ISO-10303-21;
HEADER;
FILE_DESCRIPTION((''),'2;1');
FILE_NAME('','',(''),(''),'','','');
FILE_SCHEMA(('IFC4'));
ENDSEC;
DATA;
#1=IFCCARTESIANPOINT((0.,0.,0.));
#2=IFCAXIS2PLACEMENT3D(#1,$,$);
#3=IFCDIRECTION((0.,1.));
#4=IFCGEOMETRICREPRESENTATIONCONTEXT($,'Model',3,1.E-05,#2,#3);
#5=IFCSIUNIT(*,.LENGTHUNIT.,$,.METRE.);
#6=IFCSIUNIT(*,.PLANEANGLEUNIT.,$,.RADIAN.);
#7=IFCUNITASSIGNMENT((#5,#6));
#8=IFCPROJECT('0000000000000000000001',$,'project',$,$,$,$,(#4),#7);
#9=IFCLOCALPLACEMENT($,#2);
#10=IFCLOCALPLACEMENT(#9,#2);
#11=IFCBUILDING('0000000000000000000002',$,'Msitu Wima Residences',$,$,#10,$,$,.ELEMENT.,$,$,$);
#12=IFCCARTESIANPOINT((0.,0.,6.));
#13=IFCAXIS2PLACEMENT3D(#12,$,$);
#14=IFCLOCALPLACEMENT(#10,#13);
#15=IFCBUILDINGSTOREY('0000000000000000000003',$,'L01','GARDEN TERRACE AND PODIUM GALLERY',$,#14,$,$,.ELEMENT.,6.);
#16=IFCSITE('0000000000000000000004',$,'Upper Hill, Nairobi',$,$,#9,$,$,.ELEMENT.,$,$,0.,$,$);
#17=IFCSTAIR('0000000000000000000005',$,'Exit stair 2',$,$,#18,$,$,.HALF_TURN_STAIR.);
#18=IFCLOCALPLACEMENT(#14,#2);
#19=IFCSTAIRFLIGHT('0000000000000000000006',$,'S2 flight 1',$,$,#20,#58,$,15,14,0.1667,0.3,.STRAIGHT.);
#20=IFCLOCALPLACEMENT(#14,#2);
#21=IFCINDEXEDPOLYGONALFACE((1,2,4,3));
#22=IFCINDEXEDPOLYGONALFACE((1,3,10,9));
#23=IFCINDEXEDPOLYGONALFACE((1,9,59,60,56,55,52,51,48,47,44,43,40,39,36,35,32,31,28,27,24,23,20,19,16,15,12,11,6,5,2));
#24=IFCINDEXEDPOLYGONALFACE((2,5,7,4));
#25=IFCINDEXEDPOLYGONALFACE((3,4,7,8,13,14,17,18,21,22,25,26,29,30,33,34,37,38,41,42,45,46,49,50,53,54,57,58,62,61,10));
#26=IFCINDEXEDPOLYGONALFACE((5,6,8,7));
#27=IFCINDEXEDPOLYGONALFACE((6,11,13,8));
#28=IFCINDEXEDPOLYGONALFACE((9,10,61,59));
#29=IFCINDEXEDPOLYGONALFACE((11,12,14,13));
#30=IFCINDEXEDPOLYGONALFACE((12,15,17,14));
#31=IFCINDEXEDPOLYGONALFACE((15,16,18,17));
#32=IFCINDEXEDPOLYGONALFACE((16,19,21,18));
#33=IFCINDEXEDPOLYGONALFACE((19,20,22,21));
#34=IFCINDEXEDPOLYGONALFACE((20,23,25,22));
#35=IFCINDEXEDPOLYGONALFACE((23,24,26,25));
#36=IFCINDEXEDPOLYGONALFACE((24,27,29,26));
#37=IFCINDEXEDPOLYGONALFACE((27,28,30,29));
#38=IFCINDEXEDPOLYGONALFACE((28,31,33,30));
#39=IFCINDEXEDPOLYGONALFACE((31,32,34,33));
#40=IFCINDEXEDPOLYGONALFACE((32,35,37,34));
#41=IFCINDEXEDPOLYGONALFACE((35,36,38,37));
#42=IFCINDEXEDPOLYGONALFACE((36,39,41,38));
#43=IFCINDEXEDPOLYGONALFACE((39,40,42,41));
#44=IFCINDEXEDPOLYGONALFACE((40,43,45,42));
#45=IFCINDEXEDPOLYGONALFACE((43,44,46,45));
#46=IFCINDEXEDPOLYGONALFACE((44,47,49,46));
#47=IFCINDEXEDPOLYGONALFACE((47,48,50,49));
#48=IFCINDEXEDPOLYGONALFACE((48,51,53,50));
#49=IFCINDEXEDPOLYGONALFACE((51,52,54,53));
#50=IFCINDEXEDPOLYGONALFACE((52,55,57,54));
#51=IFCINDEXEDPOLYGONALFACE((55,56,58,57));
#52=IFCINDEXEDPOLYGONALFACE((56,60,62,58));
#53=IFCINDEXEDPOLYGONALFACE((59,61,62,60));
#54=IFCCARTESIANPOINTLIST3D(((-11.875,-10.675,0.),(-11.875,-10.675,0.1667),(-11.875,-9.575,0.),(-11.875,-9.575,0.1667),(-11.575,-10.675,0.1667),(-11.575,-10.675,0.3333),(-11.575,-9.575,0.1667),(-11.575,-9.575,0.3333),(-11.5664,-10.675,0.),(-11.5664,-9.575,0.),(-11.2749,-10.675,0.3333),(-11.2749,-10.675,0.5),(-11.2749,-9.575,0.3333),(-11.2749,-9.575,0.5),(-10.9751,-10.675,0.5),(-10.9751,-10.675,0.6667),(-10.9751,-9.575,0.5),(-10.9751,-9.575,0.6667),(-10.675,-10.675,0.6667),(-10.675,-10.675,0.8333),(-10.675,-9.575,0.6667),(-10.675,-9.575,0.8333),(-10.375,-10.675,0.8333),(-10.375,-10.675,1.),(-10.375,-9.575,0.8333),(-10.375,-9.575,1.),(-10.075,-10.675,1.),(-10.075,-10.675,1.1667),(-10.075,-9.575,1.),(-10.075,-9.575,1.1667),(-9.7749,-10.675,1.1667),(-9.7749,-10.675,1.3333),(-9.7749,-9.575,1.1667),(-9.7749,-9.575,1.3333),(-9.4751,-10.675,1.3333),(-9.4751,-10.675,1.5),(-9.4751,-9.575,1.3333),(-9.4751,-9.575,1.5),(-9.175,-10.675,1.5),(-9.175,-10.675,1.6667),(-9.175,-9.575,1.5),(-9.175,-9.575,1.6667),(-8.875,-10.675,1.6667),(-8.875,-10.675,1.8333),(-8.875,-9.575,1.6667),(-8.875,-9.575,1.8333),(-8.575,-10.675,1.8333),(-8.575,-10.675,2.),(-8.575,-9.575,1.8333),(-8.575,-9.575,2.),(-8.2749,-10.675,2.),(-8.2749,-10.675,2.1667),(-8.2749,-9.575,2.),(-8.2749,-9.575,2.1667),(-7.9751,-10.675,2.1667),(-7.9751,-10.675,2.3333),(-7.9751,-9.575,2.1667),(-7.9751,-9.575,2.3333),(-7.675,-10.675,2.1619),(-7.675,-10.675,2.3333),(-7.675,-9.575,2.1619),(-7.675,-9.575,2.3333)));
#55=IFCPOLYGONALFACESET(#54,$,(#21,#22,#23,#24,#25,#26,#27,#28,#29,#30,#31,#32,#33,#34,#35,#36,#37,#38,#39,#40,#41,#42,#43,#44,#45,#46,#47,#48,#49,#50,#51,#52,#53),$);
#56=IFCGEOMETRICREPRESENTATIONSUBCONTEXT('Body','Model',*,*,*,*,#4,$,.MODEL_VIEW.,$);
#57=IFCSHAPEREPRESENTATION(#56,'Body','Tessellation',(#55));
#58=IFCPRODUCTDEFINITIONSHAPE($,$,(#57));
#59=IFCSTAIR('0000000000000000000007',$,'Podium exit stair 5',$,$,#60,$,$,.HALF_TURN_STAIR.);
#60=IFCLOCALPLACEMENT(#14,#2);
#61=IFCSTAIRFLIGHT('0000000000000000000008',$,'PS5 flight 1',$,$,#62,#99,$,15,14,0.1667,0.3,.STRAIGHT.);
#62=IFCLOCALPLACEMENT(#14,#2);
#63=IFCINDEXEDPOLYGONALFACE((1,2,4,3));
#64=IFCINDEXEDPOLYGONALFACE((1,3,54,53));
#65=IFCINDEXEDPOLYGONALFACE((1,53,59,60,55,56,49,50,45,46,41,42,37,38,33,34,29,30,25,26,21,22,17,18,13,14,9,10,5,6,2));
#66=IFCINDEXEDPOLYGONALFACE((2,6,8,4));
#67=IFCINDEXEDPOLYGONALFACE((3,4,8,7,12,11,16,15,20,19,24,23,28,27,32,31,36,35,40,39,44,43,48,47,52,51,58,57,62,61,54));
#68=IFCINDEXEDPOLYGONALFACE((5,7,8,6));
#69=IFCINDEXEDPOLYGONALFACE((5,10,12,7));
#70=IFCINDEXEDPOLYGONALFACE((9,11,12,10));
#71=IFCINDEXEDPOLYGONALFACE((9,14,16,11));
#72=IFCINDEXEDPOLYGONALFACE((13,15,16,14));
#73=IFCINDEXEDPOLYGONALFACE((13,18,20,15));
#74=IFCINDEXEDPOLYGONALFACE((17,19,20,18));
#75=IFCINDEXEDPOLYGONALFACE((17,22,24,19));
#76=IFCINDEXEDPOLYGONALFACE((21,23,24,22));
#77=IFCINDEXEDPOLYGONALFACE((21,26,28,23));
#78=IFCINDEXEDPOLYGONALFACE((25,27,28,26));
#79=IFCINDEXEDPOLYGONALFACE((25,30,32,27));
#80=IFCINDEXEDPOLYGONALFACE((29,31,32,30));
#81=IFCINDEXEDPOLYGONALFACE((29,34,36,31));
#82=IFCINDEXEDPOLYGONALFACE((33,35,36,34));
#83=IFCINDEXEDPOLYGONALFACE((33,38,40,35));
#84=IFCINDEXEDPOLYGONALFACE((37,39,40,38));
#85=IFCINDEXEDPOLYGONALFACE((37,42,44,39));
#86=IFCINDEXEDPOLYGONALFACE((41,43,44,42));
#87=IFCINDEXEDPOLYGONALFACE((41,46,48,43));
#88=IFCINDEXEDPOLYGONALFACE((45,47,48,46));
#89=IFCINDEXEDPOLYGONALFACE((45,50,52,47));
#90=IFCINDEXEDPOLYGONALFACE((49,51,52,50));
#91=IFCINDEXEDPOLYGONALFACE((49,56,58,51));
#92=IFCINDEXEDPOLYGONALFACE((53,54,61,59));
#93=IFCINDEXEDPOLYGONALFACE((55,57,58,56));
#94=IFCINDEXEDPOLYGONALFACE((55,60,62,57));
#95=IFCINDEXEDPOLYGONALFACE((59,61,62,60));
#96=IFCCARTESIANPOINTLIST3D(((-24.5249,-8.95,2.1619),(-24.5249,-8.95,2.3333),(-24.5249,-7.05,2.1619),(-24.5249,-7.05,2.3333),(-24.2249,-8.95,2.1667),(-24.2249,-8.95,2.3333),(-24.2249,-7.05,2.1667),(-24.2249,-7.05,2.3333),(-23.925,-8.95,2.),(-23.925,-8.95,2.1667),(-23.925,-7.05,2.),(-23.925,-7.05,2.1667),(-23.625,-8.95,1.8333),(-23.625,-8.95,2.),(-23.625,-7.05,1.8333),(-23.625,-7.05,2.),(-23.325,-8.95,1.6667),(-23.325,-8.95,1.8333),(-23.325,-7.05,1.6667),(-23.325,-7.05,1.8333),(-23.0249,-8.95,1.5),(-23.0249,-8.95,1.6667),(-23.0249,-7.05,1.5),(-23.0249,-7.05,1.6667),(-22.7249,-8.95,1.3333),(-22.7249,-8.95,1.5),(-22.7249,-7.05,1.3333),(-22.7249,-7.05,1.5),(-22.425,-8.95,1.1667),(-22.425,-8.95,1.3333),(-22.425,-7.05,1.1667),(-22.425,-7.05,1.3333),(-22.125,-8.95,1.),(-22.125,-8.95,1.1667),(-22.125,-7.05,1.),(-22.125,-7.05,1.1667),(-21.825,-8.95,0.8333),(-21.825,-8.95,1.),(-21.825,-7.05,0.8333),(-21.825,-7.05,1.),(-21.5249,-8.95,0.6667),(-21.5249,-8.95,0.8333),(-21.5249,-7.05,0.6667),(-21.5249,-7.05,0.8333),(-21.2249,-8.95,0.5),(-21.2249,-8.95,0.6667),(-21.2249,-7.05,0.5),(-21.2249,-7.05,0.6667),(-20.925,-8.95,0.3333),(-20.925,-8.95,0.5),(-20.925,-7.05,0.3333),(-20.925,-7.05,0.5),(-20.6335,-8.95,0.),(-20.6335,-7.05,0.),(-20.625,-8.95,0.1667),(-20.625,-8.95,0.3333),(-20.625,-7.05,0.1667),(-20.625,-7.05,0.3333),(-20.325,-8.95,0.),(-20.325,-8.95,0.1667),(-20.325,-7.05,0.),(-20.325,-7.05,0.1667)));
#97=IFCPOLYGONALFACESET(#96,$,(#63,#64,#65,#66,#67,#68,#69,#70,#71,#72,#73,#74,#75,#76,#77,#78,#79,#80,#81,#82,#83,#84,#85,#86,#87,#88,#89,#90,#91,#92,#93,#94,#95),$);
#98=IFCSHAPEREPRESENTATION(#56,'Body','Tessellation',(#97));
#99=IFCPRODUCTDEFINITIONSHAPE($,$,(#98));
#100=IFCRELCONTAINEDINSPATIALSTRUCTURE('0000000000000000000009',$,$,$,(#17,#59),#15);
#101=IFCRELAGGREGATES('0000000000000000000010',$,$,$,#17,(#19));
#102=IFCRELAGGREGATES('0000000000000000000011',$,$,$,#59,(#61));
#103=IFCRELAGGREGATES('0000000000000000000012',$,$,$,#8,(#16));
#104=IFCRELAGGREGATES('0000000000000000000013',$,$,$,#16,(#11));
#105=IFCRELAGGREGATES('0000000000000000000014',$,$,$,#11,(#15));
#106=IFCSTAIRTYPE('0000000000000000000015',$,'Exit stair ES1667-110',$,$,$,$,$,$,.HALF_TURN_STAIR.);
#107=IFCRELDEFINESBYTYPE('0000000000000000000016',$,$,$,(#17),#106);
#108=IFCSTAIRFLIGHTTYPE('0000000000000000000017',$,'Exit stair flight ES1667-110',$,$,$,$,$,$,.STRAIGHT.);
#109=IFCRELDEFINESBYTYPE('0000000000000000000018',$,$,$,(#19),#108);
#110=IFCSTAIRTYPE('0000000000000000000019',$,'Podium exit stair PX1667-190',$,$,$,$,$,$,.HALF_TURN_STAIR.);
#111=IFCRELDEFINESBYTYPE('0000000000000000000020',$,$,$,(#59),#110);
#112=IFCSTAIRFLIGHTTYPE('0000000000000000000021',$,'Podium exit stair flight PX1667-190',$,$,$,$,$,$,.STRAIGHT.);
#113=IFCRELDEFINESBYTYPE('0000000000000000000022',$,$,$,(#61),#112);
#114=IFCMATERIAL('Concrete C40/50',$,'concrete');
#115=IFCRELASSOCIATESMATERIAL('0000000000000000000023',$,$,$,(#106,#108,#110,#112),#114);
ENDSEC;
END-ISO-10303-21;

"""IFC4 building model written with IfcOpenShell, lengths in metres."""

from ifc_helpers import new_model, si_unit, direction, frame, origin, place, context, subcontext, project, spatial, polyline, outline, extrude, material, type_object, element, aggregate, save


model = new_model("IFC4")

# Units and contexts
model_context = context("Model", 3, precision=1e-05, world=origin(), true_north=direction((0.0, 1.0)))
body_context = subcontext(model_context, "Body", "Model", "MODEL_VIEW")
ifc_project = project(units=[si_unit("LENGTHUNIT", "METRE"), si_unit("PLANEANGLEUNIT", "RADIAN")], contexts=[model_context])

# Site, building, storey
site_placement = place(None, origin())
site = spatial("IfcSite", under=ifc_project, at=site_placement, Name="Upper Hill, Nairobi", CompositionType="ELEMENT", RefElevation=0.0)
building_placement = place(site_placement, origin())
building = spatial("IfcBuilding", under=site, at=building_placement, Name="Msitu Wima Residences", CompositionType="ELEMENT")
storey_placement = place(building_placement, frame((0.0, 0.0, 6.0)))
storey = spatial("IfcBuildingStorey", under=building, at=storey_placement, Name="L01", Description="GARDEN TERRACE AND PODIUM GALLERY", CompositionType="ELEMENT", Elevation=6.0)

# Shared definitions
ifc_material_1 = material(Name="Concrete C40/50", Category="concrete")

# Stairs, stair flights
stair_type_1 = type_object("IfcStairType", Name="Exit stair ES1667-110", PredefinedType="HALF_TURN_STAIR", material=ifc_material_1)
stair_1_placement = place(storey_placement, origin())
stair_1 = element("IfcStair", 1, at=stair_1_placement, inside=storey, type_object=stair_type_1, Name="Exit stair 2", PredefinedType="HALF_TURN_STAIR")
stair_flight_type_1 = type_object("IfcStairFlightType", Name="Exit stair flight ES1667-110", PredefinedType="STRAIGHT", material=ifc_material_1)
stair_flight_1_placement = place(storey_placement, frame((-11.875, -10.125, 0.0), z_axis=(0.0, 0.0, 1.0), x_axis=(1.0, 0.0, 0.0)))
stair_flight_1 = element("IfcStairFlight", 2, at=stair_flight_1_placement, type_object=stair_flight_type_1, Name="S2 flight 1", NumberOfRisers=15, NumberOfTreads=14, PredefinedType="STRAIGHT", RiserHeight=0.1667, TreadLength=0.3, context=body_context, shape_type="SweptSolid", body=[
    extrude(outline(polyline([(0.0, 0.0), (0.0, 0.1667), (0.3, 0.1667), (0.3, 0.3333), (0.6001, 0.3333), (0.6001, 0.5), (0.8999, 0.5), (0.8999, 0.6667), (1.2, 0.6667), (1.2, 0.8333), (1.5, 0.8333), (1.5, 1.0), (1.8, 1.0), (1.8, 1.1667), (2.1001, 1.1667), (2.1001, 1.3333), (2.3999, 1.3333), (2.3999, 1.5), (2.7, 1.5), (2.7, 1.6667), (3.0, 1.6667), (3.0, 1.8333), (3.3, 1.8333), (3.3, 2.0), (3.6001, 2.0), (3.6001, 2.1667), (3.8999, 2.1667), (3.8999, 2.3333), (4.2, 2.3333), (4.2, 2.5), (4.2, 2.1619), (0.3086, 0.0), (0.0, 0.0)])), frame((0.0, 0.55, 0.0), z_axis=(0.0, -1.0, 0.0), x_axis=(1.0, 0.0, 0.0)), (0.0, 0.0, 1.0), 1.1001),
])
aggregate(stair_1, [stair_flight_1])
stair_type_2 = type_object("IfcStairType", Name="Podium exit stair PX1667-190", PredefinedType="HALF_TURN_STAIR", material=ifc_material_1)
stair_2_placement = place(storey_placement, origin())
stair_2 = element("IfcStair", 3, at=stair_2_placement, inside=storey, type_object=stair_type_2, Name="Podium exit stair 5", PredefinedType="HALF_TURN_STAIR")
stair_flight_type_2 = type_object("IfcStairFlightType", Name="Podium exit stair flight PX1667-190", PredefinedType="STRAIGHT", material=ifc_material_1)
stair_flight_2_placement = place(storey_placement, frame((-20.325, -8.0, 0.0), z_axis=(0.0, 0.0, 1.0), x_axis=(-1.0, 0.0, 0.0)))
stair_flight_2 = element("IfcStairFlight", 4, at=stair_flight_2_placement, type_object=stair_flight_type_2, Name="PS5 flight 1", NumberOfRisers=15, NumberOfTreads=14, PredefinedType="STRAIGHT", RiserHeight=0.1667, TreadLength=0.3, context=body_context, shape_type="SweptSolid", body=[
    extrude(outline(polyline([(0.0, 0.0), (0.0, 0.1667), (0.3, 0.1667), (0.3, 0.3333), (0.6001, 0.3333), (0.6001, 0.5), (0.8999, 0.5), (0.8999, 0.6667), (1.2, 0.6667), (1.2, 0.8333), (1.5, 0.8333), (1.5, 1.0), (1.8, 1.0), (1.8, 1.1667), (2.1001, 1.1667), (2.1001, 1.3333), (2.3999, 1.3333), (2.3999, 1.5), (2.7, 1.5), (2.7, 1.6667), (3.0, 1.6667), (3.0, 1.8333), (3.3, 1.8333), (3.3, 2.0), (3.6001, 2.0), (3.6001, 2.1667), (3.8999, 2.1667), (3.8999, 2.3333), (4.2, 2.3333), (4.2, 2.5), (4.2, 2.1619), (0.3086, 0.0), (0.0, 0.0)])), frame((0.0, 0.95, 0.0), z_axis=(0.0, -1.0, 0.0), x_axis=(1.0, 0.0, 0.0)), (0.0, 0.0, 1.0), 1.8999),
])
aggregate(stair_2, [stair_flight_2])

save(model, "model.ifc")
